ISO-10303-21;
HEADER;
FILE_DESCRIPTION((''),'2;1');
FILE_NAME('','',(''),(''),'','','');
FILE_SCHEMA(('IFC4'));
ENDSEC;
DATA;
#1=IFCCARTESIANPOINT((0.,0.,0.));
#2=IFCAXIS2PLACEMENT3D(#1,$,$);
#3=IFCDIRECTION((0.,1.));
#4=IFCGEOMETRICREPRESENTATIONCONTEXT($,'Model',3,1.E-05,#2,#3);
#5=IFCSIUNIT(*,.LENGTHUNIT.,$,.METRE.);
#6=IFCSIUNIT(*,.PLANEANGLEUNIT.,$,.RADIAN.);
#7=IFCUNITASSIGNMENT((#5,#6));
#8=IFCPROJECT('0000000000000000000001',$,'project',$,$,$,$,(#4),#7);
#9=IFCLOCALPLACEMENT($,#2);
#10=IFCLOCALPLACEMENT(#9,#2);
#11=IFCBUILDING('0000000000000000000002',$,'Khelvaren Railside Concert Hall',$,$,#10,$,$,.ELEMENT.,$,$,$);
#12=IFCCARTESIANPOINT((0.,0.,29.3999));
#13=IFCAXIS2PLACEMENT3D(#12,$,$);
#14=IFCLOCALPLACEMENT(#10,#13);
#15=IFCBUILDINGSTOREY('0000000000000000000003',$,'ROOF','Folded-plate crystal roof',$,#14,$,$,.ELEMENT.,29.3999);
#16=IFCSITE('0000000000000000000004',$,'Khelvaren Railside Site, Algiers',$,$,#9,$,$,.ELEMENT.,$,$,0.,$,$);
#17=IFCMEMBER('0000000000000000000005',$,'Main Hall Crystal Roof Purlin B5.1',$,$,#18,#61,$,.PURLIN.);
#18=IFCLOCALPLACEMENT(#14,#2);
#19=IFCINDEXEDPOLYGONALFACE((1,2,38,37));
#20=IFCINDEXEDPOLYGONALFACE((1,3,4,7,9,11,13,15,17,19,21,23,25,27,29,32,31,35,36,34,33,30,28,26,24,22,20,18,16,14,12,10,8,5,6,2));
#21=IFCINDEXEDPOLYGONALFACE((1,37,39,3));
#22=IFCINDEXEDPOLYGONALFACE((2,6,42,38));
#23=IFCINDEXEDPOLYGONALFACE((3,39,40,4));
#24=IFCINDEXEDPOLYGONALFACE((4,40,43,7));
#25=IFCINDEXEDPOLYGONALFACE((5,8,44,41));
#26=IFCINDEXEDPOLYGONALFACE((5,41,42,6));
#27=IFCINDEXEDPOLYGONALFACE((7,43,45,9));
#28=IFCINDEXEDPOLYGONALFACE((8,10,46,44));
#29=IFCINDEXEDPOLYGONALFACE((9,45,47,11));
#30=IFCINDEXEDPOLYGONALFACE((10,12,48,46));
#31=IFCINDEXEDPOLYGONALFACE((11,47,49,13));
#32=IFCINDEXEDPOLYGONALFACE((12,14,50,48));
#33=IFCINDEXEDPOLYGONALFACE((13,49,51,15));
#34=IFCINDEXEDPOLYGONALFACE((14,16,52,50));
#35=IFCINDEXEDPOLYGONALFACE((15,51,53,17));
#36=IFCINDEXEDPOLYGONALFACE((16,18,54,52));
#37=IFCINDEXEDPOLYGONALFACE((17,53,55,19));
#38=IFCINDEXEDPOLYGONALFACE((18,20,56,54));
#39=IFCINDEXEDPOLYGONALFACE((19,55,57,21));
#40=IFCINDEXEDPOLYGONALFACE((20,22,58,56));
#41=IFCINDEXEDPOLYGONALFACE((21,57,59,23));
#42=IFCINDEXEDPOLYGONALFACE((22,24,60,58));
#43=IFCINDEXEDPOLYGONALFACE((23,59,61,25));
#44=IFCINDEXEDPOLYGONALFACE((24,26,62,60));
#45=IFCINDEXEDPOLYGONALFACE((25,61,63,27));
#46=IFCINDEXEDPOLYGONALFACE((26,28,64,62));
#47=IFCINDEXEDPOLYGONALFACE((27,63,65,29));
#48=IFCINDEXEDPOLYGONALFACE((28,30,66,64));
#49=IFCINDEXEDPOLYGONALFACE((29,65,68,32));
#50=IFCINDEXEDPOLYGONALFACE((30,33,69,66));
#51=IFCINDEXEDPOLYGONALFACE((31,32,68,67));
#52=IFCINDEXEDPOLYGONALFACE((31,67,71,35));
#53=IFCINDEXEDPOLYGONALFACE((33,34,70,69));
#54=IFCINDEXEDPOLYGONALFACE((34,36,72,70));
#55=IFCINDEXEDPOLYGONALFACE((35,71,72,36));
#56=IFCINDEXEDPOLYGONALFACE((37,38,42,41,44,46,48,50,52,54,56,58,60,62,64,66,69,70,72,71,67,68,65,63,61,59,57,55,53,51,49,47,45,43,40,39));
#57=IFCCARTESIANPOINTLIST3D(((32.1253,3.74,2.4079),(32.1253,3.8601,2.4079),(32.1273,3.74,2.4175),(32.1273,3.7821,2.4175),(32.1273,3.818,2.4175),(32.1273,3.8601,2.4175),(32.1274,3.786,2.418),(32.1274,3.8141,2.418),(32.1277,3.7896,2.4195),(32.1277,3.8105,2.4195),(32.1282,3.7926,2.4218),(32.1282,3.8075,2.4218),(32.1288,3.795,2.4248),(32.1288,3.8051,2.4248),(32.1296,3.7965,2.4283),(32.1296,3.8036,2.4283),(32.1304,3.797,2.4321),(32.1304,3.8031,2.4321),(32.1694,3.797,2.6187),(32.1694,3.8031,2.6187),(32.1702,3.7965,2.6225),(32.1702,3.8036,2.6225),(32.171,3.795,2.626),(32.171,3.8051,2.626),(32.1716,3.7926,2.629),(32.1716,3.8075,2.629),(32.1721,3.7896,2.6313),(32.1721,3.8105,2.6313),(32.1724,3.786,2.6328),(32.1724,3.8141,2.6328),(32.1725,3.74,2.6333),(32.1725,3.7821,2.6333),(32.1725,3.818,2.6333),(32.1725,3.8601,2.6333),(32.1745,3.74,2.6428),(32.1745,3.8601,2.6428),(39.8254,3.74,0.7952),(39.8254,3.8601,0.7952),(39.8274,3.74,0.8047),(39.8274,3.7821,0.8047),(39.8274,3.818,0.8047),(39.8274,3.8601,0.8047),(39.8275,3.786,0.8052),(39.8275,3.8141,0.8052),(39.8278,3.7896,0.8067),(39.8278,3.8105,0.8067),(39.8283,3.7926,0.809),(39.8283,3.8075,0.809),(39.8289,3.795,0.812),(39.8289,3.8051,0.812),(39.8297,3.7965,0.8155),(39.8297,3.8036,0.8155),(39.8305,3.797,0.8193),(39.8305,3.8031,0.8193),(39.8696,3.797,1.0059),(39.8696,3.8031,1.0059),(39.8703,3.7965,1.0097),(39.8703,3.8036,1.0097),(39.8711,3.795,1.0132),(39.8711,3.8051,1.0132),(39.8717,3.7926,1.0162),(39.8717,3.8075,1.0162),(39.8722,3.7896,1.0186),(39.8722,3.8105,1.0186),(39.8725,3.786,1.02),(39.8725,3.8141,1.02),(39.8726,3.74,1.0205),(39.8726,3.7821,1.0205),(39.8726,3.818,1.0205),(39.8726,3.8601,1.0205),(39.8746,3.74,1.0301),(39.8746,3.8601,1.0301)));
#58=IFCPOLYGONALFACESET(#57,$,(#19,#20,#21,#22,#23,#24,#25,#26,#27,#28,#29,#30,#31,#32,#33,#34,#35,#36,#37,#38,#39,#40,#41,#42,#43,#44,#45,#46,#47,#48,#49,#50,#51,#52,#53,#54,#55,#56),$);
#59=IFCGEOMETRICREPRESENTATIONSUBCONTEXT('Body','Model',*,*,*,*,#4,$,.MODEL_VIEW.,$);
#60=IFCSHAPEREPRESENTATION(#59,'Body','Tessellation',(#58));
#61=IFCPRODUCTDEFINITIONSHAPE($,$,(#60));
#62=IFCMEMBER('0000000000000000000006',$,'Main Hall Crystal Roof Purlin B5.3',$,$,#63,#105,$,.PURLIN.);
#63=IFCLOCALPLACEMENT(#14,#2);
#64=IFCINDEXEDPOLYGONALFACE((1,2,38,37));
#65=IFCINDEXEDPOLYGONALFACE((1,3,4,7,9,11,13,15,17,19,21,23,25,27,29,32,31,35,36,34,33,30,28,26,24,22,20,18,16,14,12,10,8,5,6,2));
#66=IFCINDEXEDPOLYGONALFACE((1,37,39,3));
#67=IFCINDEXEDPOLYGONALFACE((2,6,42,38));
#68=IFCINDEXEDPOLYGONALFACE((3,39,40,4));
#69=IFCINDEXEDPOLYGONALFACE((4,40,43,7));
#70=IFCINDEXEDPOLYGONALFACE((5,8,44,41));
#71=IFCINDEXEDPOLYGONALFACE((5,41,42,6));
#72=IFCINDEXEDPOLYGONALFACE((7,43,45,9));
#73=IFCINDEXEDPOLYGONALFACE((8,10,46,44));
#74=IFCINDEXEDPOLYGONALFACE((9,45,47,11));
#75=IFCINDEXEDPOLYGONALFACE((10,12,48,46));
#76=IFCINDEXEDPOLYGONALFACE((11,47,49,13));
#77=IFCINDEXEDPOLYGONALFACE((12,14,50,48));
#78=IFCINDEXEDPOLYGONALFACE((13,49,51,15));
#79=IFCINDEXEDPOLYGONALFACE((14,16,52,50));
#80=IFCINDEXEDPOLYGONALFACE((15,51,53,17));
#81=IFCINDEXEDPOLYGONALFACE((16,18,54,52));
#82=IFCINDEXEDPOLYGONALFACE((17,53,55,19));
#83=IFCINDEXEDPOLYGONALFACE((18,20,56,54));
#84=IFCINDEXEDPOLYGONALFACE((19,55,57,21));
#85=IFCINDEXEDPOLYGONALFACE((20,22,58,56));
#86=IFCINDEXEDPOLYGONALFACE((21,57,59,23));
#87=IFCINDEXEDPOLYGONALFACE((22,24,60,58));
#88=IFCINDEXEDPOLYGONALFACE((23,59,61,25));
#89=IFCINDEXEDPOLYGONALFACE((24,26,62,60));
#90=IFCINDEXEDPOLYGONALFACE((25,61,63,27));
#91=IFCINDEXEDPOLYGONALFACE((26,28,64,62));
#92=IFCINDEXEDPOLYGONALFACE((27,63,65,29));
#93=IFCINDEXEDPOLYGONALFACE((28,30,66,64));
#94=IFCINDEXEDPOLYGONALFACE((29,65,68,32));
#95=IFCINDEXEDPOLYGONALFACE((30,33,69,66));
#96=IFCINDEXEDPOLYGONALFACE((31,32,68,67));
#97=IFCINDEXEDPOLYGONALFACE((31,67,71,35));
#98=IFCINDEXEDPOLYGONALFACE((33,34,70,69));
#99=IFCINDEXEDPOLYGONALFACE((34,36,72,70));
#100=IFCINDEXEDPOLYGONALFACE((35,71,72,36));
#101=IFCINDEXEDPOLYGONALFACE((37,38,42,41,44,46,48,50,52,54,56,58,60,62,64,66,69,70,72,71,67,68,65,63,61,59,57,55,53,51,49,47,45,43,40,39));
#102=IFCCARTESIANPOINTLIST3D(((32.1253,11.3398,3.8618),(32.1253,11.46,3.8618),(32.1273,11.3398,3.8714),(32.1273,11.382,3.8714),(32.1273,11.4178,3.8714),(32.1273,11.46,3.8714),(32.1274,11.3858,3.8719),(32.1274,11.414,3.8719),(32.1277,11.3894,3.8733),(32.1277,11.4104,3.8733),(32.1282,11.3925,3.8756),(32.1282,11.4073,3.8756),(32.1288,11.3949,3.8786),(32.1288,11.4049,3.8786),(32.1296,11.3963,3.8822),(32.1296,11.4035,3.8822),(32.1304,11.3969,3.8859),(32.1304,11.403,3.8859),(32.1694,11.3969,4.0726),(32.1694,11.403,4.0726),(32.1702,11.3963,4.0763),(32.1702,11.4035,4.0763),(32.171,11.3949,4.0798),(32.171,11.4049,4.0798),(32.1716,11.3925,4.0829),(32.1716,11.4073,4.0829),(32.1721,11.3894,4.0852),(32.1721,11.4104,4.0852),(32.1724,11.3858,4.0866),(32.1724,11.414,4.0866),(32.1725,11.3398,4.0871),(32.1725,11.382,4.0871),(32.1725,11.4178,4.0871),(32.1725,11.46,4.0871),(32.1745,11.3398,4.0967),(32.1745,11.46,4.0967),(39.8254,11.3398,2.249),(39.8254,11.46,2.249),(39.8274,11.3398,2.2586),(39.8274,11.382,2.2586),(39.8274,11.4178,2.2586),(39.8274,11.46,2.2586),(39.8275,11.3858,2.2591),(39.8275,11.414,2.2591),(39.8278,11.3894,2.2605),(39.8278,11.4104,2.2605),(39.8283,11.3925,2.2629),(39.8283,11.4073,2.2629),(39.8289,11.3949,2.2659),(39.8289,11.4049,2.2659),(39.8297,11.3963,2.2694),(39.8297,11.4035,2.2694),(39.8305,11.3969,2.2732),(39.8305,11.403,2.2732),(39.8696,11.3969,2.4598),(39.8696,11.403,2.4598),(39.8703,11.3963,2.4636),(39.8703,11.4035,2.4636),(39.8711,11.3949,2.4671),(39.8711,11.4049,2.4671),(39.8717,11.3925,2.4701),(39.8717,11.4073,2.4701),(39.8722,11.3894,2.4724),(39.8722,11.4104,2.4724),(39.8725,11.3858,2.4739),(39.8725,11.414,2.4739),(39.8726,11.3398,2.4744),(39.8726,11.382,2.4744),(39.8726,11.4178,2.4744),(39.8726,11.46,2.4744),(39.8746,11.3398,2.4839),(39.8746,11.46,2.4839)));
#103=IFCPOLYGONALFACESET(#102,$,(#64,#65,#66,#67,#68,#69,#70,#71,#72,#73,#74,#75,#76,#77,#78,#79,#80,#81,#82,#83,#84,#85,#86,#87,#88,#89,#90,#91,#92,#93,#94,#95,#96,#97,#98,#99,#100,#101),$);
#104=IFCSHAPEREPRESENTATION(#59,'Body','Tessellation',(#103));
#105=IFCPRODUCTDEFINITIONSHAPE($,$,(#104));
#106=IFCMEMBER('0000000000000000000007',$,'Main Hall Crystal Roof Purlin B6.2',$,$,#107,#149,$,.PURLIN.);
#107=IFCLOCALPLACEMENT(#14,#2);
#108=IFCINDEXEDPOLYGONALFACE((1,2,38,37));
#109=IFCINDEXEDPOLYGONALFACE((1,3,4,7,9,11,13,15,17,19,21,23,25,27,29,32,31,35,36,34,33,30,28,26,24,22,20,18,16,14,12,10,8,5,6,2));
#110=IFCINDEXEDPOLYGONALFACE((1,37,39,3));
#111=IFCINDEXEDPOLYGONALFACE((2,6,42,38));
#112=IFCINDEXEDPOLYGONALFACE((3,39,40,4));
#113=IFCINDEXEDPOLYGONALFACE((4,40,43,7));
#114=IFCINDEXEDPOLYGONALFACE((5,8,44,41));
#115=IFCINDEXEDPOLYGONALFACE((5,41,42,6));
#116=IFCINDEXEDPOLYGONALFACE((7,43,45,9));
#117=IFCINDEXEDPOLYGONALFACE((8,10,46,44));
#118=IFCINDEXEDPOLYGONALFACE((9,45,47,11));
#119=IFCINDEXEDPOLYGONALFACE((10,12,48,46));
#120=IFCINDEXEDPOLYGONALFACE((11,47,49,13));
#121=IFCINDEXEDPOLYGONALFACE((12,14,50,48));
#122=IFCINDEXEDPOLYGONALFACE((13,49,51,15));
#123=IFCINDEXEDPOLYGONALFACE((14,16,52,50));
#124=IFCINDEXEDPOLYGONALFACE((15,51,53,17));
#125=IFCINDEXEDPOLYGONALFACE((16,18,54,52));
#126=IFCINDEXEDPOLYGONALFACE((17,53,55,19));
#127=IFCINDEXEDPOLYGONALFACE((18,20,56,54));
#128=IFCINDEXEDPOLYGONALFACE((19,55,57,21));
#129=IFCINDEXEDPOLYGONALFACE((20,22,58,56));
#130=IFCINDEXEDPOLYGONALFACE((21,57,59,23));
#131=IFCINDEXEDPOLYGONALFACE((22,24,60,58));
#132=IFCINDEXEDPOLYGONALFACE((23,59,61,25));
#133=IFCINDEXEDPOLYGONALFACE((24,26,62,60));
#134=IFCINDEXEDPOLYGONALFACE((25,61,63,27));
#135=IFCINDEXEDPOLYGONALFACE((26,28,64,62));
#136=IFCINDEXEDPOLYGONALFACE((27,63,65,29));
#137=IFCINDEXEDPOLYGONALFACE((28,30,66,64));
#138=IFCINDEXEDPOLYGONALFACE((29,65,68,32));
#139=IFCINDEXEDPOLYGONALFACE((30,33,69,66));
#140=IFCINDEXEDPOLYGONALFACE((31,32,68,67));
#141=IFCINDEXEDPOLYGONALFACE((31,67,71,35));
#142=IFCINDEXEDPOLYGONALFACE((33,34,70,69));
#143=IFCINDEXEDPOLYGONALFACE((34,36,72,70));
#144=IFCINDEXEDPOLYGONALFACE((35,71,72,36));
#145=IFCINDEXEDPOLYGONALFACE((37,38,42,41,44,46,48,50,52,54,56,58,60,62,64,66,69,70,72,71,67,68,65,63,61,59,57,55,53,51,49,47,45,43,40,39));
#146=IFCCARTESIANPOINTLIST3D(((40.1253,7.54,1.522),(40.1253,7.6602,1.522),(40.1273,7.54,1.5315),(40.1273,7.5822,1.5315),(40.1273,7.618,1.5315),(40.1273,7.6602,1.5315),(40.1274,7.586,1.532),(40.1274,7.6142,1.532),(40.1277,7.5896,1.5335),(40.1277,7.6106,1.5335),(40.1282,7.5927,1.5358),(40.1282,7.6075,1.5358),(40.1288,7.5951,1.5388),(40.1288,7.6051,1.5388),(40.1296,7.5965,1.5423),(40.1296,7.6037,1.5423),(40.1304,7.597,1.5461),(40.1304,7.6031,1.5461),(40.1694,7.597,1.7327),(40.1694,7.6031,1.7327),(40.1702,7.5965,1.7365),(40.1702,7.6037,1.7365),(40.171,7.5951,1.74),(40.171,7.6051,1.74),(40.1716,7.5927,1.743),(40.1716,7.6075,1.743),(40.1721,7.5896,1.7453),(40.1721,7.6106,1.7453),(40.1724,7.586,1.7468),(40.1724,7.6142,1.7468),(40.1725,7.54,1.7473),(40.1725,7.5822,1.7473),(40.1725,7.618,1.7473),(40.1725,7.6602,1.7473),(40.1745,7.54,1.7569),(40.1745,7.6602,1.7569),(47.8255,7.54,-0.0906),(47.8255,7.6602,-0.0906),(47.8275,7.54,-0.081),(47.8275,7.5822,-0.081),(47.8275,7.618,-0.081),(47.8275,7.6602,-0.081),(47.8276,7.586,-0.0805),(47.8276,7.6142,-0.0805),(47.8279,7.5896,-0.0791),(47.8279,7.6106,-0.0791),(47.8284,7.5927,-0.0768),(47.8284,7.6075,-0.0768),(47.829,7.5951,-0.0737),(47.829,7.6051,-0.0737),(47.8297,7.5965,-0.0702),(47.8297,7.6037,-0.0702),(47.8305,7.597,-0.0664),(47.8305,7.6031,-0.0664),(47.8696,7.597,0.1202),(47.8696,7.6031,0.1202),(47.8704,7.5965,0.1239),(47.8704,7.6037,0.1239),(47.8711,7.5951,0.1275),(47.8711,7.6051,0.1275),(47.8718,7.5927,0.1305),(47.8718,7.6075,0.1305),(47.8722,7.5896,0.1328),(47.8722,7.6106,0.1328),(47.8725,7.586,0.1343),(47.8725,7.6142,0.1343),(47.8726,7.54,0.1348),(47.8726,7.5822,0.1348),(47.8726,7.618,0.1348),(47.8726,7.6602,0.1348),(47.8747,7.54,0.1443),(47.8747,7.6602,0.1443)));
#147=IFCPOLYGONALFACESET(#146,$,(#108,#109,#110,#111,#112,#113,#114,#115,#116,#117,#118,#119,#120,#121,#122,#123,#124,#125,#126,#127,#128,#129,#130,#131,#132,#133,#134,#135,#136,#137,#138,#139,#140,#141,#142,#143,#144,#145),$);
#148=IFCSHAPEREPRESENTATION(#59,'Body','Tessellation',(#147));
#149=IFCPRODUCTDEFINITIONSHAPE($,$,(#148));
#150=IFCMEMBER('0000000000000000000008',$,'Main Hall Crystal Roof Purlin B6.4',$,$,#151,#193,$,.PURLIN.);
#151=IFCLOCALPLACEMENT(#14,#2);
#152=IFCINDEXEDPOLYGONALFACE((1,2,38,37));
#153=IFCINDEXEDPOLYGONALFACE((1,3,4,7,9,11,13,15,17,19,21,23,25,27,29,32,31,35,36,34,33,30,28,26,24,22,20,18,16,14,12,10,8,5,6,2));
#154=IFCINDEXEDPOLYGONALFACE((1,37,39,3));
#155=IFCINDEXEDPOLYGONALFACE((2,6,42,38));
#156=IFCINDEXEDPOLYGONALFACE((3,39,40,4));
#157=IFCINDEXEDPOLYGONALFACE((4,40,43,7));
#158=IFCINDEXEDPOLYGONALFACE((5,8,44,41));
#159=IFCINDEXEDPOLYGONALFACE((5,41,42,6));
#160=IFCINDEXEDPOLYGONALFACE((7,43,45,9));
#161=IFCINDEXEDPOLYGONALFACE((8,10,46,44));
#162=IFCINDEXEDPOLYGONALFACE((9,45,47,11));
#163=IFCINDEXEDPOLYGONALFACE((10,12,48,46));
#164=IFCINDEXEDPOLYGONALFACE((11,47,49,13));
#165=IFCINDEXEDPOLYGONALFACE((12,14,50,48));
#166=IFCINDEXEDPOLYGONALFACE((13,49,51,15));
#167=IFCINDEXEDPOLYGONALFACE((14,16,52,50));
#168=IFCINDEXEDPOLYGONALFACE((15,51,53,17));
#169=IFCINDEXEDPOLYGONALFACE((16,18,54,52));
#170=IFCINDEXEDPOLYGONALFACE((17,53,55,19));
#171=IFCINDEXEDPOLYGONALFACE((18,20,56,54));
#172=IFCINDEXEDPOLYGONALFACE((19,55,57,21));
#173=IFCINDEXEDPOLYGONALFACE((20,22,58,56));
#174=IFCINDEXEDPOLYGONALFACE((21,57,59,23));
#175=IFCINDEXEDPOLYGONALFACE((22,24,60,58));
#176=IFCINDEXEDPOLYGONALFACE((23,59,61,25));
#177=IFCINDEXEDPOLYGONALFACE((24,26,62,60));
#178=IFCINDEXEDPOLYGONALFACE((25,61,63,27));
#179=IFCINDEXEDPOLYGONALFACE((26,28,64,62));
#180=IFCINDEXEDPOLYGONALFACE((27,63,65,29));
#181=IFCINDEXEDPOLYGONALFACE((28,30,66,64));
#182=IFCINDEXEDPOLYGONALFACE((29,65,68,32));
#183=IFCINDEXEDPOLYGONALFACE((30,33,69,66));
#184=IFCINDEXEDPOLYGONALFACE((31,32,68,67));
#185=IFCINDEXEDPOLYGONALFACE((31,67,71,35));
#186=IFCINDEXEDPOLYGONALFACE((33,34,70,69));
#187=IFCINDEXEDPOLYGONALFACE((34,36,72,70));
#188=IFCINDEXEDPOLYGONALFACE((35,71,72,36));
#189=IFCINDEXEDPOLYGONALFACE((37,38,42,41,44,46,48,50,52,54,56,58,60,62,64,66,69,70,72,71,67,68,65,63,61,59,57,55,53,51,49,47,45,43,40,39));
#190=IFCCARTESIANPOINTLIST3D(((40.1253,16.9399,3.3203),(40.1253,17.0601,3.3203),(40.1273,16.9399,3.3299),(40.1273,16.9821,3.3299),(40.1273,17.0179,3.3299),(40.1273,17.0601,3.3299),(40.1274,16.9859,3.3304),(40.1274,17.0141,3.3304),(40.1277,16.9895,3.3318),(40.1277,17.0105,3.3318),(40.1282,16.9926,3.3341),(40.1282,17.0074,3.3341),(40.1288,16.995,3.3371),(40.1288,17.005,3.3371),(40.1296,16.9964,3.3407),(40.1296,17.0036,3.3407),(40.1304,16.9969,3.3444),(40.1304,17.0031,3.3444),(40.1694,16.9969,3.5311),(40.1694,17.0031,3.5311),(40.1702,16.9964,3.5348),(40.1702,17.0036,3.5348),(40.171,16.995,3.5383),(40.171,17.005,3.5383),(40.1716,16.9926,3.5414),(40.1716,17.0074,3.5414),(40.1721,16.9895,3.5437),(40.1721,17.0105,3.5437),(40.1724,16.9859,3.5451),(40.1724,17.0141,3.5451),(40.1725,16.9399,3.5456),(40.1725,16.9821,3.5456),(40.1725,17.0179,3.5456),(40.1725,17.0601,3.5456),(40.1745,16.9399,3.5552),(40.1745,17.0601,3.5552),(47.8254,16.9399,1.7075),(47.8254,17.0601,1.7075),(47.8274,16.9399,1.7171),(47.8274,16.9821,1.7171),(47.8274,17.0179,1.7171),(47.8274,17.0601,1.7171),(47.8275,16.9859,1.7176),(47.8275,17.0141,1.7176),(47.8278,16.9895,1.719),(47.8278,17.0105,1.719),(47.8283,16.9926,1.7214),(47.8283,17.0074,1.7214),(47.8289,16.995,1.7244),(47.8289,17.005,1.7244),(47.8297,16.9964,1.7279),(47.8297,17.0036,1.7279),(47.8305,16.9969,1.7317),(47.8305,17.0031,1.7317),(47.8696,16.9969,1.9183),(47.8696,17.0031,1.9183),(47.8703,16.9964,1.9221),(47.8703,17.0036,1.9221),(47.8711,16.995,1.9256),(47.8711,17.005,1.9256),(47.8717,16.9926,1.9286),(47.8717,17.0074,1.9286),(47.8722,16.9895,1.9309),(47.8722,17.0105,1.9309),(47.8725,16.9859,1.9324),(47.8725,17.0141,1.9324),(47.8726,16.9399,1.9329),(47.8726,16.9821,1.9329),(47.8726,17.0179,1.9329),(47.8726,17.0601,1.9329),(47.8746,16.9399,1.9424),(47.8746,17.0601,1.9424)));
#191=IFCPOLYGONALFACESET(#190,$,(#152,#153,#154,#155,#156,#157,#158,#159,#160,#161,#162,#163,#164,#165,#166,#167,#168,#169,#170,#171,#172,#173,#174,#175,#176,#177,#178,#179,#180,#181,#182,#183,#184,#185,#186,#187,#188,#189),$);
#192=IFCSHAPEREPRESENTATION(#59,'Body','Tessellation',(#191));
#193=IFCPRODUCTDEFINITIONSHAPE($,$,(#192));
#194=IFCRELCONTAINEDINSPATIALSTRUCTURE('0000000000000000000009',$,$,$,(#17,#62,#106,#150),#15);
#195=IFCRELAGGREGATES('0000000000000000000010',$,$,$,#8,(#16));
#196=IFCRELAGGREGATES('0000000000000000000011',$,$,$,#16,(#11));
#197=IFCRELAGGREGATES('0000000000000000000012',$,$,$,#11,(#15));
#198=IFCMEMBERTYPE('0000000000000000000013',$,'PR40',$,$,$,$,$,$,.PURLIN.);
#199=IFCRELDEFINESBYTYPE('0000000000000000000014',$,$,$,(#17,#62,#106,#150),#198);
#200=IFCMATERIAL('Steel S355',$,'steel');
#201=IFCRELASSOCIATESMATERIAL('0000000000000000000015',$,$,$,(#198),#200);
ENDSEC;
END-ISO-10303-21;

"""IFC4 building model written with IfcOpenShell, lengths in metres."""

from ifc_helpers import new_model, si_unit, direction, frame, origin, origin_2d, place, context, subcontext, project, spatial, i_section, extrude, material, material_profile, profile_set, type_object, element, save


model = new_model("IFC4")

# Units and contexts
model_context = context("Model", 3, precision=1e-05, world=origin(), true_north=direction((0.0, 1.0)))
body_context = subcontext(model_context, "Body", "Model", "MODEL_VIEW")
ifc_project = project(units=[si_unit("LENGTHUNIT", "METRE"), si_unit("PLANEANGLEUNIT", "RADIAN")], contexts=[model_context])

# Site, building, storey
site_placement = place(None, origin())
site = spatial("IfcSite", under=ifc_project, at=site_placement, Name="Khelvaren Railside Site, Algiers", CompositionType="ELEMENT", RefElevation=0.0)
building_placement = place(site_placement, origin())
building = spatial("IfcBuilding", under=site, at=building_placement, Name="Khelvaren Railside Concert Hall", CompositionType="ELEMENT")
storey_placement = place(building_placement, frame((0.0, 0.0, 29.3999)))
storey = spatial("IfcBuildingStorey", under=building, at=storey_placement, Name="ROOF", Description="Folded-plate crystal roof", CompositionType="ELEMENT", Elevation=29.3999)

# Shared definitions
ifc_material_1 = material(Name="Steel S355", Category="steel")

# Members
ifc_material_profile_1 = material_profile(ifc_material_1, i_section(OverallWidth=0.1201, OverallDepth=0.24, WebThickness=0.0061, FlangeThickness=0.0098, FilletRadius=0.0149, at=origin_2d()), Name="IPE 240")
ifc_profile_set_1 = profile_set([ifc_material_profile_1], Name="Steel S355")
member_type_1 = type_object("IfcMemberType", Name="PR40", PredefinedType="PURLIN", material=ifc_profile_set_1)
for number, where, z_axis, x_axis, name in (
    (1, (32.1499, 3.8, 2.5254), (0.978762, 0.0, -0.205), (0.0, 1.0, 0.0), "Main Hall Crystal Roof Purlin B5.1"),
    (2, (32.1499, 11.3999, 3.9792), (0.978762, 0.0, -0.205), (0.0, 1.0, 0.0), "Main Hall Crystal Roof Purlin B5.3"),
    (3, (40.1499, 7.6001, 1.6394), (0.978768, 0.0, -0.20497), (0.0, 1.0, 0.0), "Main Hall Crystal Roof Purlin B6.2"),
    (4, (40.1499, 17.0, 3.4377), (0.978762, 0.0, -0.205), (0.0, 1.0, 0.0), "Main Hall Crystal Roof Purlin B6.4"),
):
    element("IfcMember", number, at=place(storey_placement, frame(where, z_axis=z_axis, x_axis=x_axis)), inside=storey, type_object=member_type_1, Name=name, PredefinedType="PURLIN", context=body_context, shape_type="SweptSolid", body=[
        extrude(i_section(OverallWidth=0.1201, OverallDepth=0.24, WebThickness=0.0061, FlangeThickness=0.0098, FilletRadius=0.0149, at=origin_2d()), origin(), (0.0, 0.0, 1.0), 7.8672),
    ])

save(model, "model.ifc")
